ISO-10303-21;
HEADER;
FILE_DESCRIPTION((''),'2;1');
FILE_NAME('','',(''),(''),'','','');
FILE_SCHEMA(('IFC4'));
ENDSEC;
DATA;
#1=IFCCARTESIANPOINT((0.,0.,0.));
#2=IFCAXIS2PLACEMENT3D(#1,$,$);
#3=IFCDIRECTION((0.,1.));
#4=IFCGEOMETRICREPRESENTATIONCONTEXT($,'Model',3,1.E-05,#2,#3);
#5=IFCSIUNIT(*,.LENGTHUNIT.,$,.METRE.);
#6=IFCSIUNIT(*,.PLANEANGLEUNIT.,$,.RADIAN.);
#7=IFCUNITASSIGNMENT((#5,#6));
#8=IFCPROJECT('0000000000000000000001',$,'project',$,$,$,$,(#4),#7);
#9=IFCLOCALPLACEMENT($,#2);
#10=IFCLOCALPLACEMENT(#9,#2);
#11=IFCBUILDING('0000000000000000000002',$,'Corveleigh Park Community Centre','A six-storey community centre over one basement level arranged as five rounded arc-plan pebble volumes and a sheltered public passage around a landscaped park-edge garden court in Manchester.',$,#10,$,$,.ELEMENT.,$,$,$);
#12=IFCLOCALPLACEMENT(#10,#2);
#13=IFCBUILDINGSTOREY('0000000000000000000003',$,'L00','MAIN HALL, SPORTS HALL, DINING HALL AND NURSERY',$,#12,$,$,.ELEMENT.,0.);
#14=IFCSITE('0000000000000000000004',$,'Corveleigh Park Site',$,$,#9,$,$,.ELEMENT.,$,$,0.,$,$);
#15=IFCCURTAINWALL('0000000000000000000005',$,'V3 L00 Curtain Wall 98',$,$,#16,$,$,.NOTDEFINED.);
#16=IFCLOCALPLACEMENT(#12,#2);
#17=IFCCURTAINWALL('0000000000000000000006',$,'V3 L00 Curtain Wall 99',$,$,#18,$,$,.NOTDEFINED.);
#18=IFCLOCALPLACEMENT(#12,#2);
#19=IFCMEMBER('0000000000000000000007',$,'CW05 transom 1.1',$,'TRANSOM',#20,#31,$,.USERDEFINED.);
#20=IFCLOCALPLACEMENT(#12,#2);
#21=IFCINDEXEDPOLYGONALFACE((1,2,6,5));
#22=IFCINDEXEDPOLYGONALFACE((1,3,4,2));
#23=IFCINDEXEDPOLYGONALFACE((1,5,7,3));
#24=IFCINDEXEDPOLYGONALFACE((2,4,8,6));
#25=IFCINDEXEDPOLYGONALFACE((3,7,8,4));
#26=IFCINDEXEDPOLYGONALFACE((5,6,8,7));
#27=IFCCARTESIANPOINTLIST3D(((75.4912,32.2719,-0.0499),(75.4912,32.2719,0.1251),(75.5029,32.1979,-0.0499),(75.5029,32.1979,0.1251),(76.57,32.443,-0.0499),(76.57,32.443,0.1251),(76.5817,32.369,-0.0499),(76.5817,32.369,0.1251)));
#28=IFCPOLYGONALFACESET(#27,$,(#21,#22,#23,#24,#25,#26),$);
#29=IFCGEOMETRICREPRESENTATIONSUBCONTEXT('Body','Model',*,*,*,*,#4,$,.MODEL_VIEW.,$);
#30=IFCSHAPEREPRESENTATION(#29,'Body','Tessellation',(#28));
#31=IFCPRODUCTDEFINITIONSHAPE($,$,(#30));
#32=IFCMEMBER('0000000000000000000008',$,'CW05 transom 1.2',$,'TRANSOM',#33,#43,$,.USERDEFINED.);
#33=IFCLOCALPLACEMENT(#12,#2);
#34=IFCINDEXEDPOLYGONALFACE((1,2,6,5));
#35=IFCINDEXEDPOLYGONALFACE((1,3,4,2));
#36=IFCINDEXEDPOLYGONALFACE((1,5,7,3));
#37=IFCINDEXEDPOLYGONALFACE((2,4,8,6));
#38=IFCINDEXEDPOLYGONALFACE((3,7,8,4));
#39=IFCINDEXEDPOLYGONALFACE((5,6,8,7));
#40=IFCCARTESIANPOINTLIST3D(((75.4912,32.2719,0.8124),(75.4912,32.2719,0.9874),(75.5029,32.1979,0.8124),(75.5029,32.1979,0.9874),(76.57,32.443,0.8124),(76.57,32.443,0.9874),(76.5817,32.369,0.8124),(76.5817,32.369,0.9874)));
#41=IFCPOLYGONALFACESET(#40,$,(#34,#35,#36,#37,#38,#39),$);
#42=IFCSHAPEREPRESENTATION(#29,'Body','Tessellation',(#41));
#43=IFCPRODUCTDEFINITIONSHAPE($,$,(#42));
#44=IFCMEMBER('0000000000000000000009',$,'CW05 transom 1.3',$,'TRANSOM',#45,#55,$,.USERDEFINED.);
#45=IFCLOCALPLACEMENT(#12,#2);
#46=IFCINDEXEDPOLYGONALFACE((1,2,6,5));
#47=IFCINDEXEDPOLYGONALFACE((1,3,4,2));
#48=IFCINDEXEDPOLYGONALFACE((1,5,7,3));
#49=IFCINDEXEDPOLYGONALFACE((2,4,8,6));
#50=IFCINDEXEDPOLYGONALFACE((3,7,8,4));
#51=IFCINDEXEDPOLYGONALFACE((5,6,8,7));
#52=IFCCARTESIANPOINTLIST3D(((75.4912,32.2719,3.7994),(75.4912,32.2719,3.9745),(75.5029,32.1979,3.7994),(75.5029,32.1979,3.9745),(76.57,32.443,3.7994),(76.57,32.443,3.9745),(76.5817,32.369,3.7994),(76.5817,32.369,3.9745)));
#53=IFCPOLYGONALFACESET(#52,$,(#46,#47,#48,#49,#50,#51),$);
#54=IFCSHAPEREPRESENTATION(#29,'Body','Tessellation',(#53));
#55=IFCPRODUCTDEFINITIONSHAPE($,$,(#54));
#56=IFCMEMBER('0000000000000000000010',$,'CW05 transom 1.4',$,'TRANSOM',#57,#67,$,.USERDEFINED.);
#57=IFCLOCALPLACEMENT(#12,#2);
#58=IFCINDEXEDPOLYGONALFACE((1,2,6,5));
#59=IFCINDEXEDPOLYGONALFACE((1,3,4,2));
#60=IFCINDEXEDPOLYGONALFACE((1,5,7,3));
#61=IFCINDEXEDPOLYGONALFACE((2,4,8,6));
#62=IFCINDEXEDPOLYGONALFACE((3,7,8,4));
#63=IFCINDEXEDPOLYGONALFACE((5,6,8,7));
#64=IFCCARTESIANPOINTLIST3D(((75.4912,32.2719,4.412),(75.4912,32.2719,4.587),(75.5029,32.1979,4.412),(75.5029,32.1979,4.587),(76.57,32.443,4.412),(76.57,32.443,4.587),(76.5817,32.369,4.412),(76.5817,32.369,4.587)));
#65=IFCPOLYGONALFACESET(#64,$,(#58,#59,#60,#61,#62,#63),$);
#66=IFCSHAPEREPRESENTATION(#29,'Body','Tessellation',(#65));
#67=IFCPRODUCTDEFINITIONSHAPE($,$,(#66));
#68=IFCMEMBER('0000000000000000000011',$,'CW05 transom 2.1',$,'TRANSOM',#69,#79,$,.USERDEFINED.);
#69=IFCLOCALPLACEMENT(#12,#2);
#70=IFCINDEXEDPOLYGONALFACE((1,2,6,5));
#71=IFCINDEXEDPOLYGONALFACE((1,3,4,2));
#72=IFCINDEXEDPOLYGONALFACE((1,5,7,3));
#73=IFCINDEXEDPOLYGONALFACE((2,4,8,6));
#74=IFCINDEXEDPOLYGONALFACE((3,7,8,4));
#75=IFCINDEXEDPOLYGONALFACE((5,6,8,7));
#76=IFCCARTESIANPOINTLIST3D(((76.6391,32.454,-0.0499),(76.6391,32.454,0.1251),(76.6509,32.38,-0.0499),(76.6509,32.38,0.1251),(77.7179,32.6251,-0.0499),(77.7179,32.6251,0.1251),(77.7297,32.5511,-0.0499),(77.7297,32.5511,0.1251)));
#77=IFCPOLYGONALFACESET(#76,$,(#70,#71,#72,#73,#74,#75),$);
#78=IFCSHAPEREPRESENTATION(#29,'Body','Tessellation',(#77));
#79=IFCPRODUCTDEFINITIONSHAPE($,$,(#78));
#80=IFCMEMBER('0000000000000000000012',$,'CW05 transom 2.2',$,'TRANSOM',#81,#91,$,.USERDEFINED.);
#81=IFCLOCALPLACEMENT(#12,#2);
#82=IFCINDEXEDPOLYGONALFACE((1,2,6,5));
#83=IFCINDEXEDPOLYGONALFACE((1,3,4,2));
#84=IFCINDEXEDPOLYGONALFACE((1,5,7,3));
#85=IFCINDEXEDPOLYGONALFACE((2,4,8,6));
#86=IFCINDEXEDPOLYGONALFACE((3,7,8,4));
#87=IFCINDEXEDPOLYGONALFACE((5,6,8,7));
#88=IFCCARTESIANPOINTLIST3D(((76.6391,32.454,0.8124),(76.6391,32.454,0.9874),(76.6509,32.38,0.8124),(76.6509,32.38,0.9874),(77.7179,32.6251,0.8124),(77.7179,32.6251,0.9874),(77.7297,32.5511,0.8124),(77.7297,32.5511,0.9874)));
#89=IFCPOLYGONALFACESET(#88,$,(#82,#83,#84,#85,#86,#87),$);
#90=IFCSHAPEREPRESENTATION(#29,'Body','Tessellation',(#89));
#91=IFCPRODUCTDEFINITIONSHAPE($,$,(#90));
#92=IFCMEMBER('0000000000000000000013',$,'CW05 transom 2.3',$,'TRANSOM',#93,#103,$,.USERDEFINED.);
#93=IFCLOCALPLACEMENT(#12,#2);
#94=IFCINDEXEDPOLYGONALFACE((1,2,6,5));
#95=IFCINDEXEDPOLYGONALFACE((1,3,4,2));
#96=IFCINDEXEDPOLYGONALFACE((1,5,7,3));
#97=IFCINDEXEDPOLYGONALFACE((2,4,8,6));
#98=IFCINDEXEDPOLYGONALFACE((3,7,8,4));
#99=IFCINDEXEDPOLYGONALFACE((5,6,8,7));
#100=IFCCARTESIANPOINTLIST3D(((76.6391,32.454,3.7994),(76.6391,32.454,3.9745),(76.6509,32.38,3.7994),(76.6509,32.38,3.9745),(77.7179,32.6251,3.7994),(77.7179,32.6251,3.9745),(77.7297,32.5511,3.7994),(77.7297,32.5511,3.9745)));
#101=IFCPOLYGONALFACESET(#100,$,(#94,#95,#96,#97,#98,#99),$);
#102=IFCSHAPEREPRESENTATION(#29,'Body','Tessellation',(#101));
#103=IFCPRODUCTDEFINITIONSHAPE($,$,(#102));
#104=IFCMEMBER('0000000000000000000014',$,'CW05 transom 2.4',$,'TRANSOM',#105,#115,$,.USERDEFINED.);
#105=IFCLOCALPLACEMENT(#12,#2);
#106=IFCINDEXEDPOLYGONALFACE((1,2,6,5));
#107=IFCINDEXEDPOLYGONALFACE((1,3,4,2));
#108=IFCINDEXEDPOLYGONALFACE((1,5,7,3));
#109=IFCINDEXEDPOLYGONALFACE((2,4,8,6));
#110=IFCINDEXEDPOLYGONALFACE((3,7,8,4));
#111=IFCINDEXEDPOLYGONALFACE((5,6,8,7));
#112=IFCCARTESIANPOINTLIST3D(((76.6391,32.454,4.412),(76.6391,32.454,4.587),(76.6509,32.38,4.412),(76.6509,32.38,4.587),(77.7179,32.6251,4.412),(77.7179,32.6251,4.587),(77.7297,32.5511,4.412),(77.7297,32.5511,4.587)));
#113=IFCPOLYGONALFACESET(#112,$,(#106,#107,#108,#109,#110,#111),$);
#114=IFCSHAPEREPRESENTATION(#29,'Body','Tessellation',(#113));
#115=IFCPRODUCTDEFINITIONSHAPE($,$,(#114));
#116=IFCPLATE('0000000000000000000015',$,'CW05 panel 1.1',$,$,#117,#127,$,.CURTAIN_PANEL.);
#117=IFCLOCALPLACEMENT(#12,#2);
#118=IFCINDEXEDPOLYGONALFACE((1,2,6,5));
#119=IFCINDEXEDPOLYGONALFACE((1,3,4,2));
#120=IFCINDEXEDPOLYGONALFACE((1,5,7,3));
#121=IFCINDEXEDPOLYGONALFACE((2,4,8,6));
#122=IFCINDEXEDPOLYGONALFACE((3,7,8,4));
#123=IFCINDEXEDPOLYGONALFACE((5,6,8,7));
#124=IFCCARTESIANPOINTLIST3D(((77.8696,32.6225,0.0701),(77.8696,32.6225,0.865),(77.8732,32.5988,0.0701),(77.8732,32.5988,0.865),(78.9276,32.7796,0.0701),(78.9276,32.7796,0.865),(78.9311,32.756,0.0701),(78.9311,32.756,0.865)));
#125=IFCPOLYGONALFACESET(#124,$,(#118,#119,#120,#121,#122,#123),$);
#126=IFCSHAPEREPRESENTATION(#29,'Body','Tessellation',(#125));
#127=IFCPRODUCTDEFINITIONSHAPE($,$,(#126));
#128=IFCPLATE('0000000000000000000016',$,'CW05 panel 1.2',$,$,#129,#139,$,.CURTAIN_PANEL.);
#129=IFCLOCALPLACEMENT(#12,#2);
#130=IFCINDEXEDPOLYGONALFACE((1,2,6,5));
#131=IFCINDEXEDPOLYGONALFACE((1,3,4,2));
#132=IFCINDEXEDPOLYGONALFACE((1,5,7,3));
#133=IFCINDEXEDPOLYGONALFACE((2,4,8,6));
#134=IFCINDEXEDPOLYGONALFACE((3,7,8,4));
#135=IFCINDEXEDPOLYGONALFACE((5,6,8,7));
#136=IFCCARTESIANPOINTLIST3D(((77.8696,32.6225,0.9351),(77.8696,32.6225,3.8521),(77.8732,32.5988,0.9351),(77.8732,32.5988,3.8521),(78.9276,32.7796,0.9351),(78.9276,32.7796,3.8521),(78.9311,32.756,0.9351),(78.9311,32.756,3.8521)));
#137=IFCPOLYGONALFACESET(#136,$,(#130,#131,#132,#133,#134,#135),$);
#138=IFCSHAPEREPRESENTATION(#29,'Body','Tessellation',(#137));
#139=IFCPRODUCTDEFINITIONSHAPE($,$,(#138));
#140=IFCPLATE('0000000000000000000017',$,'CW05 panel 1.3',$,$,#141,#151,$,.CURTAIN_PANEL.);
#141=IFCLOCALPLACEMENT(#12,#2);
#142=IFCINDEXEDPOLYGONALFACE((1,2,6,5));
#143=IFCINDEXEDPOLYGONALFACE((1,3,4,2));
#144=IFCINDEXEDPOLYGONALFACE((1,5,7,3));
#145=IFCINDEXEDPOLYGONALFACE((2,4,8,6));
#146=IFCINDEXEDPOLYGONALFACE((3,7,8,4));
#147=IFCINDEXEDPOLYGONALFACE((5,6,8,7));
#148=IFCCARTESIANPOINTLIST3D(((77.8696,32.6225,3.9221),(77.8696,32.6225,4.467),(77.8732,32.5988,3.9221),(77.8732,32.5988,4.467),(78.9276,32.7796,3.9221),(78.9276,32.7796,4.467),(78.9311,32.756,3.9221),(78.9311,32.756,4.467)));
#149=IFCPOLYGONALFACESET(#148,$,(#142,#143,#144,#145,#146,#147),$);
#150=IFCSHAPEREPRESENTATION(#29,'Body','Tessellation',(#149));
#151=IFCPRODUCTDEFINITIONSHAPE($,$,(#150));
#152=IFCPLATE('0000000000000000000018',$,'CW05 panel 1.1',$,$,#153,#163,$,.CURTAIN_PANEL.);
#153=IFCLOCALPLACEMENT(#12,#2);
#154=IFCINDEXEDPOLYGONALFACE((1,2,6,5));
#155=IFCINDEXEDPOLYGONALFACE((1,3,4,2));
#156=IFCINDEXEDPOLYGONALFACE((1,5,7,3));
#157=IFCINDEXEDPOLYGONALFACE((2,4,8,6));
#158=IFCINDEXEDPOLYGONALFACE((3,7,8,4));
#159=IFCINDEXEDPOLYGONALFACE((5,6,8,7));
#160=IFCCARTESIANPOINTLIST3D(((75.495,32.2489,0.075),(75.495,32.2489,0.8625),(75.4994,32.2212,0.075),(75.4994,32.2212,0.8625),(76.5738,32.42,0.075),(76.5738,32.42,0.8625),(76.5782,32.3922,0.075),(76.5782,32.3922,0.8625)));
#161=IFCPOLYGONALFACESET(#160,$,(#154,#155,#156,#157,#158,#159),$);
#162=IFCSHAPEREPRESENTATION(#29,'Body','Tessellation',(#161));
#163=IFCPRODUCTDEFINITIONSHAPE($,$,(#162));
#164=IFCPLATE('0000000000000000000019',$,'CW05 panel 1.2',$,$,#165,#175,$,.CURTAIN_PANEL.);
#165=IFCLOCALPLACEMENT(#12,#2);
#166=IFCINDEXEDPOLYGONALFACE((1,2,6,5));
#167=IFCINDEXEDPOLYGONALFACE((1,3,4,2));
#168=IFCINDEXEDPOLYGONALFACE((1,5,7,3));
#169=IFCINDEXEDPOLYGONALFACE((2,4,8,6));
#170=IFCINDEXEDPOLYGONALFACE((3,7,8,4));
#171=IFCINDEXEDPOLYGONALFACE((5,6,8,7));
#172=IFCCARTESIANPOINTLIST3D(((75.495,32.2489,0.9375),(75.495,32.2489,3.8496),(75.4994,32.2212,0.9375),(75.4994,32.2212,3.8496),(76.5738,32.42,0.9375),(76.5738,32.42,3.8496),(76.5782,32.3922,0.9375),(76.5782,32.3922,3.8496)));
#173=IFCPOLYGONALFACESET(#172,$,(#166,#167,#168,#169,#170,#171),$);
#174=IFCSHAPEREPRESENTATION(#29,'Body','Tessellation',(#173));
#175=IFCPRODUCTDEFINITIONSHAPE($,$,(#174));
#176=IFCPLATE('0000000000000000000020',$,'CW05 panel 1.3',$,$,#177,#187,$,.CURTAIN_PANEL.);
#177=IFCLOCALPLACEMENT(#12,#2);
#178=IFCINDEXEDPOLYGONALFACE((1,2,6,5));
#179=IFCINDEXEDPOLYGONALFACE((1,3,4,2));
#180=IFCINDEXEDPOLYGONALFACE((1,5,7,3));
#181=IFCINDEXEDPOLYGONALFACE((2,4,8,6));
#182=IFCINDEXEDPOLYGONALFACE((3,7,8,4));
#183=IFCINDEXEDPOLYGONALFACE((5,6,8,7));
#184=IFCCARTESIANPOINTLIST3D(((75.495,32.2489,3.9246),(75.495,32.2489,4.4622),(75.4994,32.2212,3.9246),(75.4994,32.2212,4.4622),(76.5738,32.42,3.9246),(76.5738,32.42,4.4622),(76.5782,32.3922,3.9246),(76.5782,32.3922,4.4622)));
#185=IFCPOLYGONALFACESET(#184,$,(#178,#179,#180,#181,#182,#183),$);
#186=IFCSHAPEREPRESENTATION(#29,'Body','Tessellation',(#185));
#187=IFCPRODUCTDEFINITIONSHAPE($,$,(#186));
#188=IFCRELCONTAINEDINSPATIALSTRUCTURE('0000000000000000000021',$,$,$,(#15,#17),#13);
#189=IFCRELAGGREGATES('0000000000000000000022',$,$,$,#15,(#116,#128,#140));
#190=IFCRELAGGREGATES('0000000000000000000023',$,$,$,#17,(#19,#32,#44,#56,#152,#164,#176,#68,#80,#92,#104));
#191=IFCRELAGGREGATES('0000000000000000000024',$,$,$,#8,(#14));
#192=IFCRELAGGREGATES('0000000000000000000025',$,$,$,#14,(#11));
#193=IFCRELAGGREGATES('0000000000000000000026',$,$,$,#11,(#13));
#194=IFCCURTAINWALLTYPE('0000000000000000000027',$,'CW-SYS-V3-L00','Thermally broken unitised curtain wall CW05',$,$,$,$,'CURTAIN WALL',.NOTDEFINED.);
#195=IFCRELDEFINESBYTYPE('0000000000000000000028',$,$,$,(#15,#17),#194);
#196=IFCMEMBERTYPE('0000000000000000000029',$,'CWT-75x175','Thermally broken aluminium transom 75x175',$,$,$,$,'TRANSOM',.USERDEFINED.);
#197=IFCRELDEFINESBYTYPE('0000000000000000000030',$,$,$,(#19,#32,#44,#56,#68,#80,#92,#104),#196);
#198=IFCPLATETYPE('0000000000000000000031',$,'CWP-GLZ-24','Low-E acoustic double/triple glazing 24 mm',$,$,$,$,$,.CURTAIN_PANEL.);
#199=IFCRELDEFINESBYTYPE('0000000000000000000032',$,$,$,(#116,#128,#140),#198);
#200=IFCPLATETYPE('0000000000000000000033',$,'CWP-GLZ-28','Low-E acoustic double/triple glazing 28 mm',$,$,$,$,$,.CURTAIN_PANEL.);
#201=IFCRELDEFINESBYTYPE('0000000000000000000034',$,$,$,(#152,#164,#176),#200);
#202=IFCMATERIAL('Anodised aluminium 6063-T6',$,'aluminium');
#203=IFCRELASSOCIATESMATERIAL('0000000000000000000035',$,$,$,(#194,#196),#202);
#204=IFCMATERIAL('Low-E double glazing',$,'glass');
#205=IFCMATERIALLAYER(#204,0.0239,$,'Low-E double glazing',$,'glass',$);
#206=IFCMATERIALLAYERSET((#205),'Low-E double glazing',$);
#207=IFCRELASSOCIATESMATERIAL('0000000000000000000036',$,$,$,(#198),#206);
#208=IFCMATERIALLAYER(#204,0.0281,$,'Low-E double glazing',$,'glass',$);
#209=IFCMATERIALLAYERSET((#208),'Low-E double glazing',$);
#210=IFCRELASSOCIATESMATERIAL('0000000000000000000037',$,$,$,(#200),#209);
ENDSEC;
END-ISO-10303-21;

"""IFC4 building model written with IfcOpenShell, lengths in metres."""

from ifc_helpers import new_model, si_unit, direction, frame, origin, origin_2d, place, context, subcontext, project, spatial, rectangle, extrude, material, layer, layer_set, material_profile, profile_set, type_object, element, aggregate, save


model = new_model("IFC4")

# Units and contexts
model_context = context("Model", 3, precision=1e-05, world=origin(), true_north=direction((0.0, 1.0)))
body_context = subcontext(model_context, "Body", "Model", "MODEL_VIEW")
ifc_project = project(units=[si_unit("LENGTHUNIT", "METRE"), si_unit("PLANEANGLEUNIT", "RADIAN")], contexts=[model_context])

# Site, building, storey
site_placement = place(None, origin())
site = spatial("IfcSite", under=ifc_project, at=site_placement, Name="Corveleigh Park Site", CompositionType="ELEMENT", RefElevation=0.0)
building_placement = place(site_placement, origin())
building = spatial("IfcBuilding", under=site, at=building_placement, Name="Corveleigh Park Community Centre", Description="A six-storey community centre over one basement level arranged as five rounded arc-plan pebble volumes and a sheltered public passage around a landscaped park-edge garden court in Manchester.", CompositionType="ELEMENT")
storey_placement = place(building_placement, origin())
storey = spatial("IfcBuildingStorey", under=building, at=storey_placement, Name="L00", Description="MAIN HALL, SPORTS HALL, DINING HALL AND NURSERY", CompositionType="ELEMENT", Elevation=0.0)

# Curtain walls
ifc_material_1 = material(Name="Anodised aluminium 6063-T6", Category="aluminium")
curtain_wall_type = type_object("IfcCurtainWallType", Name="CW-SYS-V3-L00", Description="Thermally broken unitised curtain wall CW05", ElementType="CURTAIN WALL", PredefinedType="NOTDEFINED", material=ifc_material_1)
curtain_wall_1_placement = place(storey_placement, origin())
curtain_wall_1 = element("IfcCurtainWall", 1, at=curtain_wall_1_placement, inside=storey, type_object=curtain_wall_type, Name="V3 L00 Curtain Wall 98", PredefinedType="NOTDEFINED")
curtain_wall_2_placement = place(storey_placement, origin())
curtain_wall_2 = element("IfcCurtainWall", 2, at=curtain_wall_2_placement, inside=storey, type_object=curtain_wall_type, Name="V3 L00 Curtain Wall 99", PredefinedType="NOTDEFINED")

# Members
ifc_material_profile_1 = material_profile(ifc_material_1, rectangle(XDim=0.075, YDim=0.175, at=origin_2d()), Name="ALU-T75x175", Category="aluminium")
ifc_profile_set_1 = profile_set([ifc_material_profile_1], Name="Anodised aluminium 6063-T6")
member_type_1 = type_object("IfcMemberType", Name="CWT-75x175", Description="Thermally broken aluminium transom 75x175", ElementType="TRANSOM", PredefinedType="USERDEFINED", material=ifc_profile_set_1)
member_1_placement = place(storey_placement, frame((75.4971, 32.2349, 0.0376), z_axis=(0.98765, 0.156674, 0.0), x_axis=(-0.156674, 0.98765, 0.0)))
member_1 = element("IfcMember", 3, at=member_1_placement, type_object=member_type_1, Name="CW05 transom 1.1", ObjectType="TRANSOM", PredefinedType="USERDEFINED", context=body_context, shape_type="SweptSolid", body=[
    extrude(rectangle(XDim=0.075, YDim=0.175, at=origin_2d()), origin(), (0.0, 0.0, 1.0), 1.0923),
])
member_2_placement = place(storey_placement, frame((75.4971, 32.2349, 0.8999), z_axis=(0.98765, 0.156674, 0.0), x_axis=(-0.156674, 0.98765, 0.0)))
member_2 = element("IfcMember", 4, at=member_2_placement, type_object=member_type_1, Name="CW05 transom 1.2", ObjectType="TRANSOM", PredefinedType="USERDEFINED", context=body_context, shape_type="SweptSolid", body=[
    extrude(rectangle(XDim=0.075, YDim=0.175, at=origin_2d()), origin(), (0.0, 0.0, 1.0), 1.0923),
])
member_3_placement = place(storey_placement, frame((75.4971, 32.2349, 3.887), z_axis=(0.98765, 0.156674, 0.0), x_axis=(-0.156674, 0.98765, 0.0)))
member_3 = element("IfcMember", 5, at=member_3_placement, type_object=member_type_1, Name="CW05 transom 1.3", ObjectType="TRANSOM", PredefinedType="USERDEFINED", context=body_context, shape_type="SweptSolid", body=[
    extrude(rectangle(XDim=0.075, YDim=0.175, at=origin_2d()), origin(), (0.0, 0.0, 1.0), 1.0923),
])
member_4_placement = place(storey_placement, frame((75.4971, 32.2349, 4.4995), z_axis=(0.98765, 0.156674, 0.0), x_axis=(-0.156674, 0.98765, 0.0)))
member_4 = element("IfcMember", 6, at=member_4_placement, type_object=member_type_1, Name="CW05 transom 1.4", ObjectType="TRANSOM", PredefinedType="USERDEFINED", context=body_context, shape_type="SweptSolid", body=[
    extrude(rectangle(XDim=0.075, YDim=0.175, at=origin_2d()), origin(), (0.0, 0.0, 1.0), 1.0923),
])
member_5_placement = place(storey_placement, frame((76.645, 32.417, 0.0376), z_axis=(0.98765, 0.156674, 0.0), x_axis=(-0.156674, 0.98765, 0.0)))
member_5 = element("IfcMember", 7, at=member_5_placement, type_object=member_type_1, Name="CW05 transom 2.1", ObjectType="TRANSOM", PredefinedType="USERDEFINED", context=body_context, shape_type="SweptSolid", body=[
    extrude(rectangle(XDim=0.075, YDim=0.175, at=origin_2d()), origin(), (0.0, 0.0, 1.0), 1.0923),
])
member_6_placement = place(storey_placement, frame((76.645, 32.417, 0.8999), z_axis=(0.98765, 0.156674, 0.0), x_axis=(-0.156674, 0.98765, 0.0)))
member_6 = element("IfcMember", 8, at=member_6_placement, type_object=member_type_1, Name="CW05 transom 2.2", ObjectType="TRANSOM", PredefinedType="USERDEFINED", context=body_context, shape_type="SweptSolid", body=[
    extrude(rectangle(XDim=0.075, YDim=0.175, at=origin_2d()), origin(), (0.0, 0.0, 1.0), 1.0923),
])
member_7_placement = place(storey_placement, frame((76.645, 32.417, 3.887), z_axis=(0.98765, 0.156674, 0.0), x_axis=(-0.156674, 0.98765, 0.0)))
member_7 = element("IfcMember", 9, at=member_7_placement, type_object=member_type_1, Name="CW05 transom 2.3", ObjectType="TRANSOM", PredefinedType="USERDEFINED", context=body_context, shape_type="SweptSolid", body=[
    extrude(rectangle(XDim=0.075, YDim=0.175, at=origin_2d()), origin(), (0.0, 0.0, 1.0), 1.0923),
])
member_8_placement = place(storey_placement, frame((76.645, 32.417, 4.4995), z_axis=(0.98765, 0.156674, 0.0), x_axis=(-0.156674, 0.98765, 0.0)))
member_8 = element("IfcMember", 10, at=member_8_placement, type_object=member_type_1, Name="CW05 transom 2.4", ObjectType="TRANSOM", PredefinedType="USERDEFINED", context=body_context, shape_type="SweptSolid", body=[
    extrude(rectangle(XDim=0.075, YDim=0.175, at=origin_2d()), origin(), (0.0, 0.0, 1.0), 1.0923),
])

# Plates
ifc_material_2 = material(Name="Low-E double glazing", Category="glass")
ifc_layer_1 = layer(ifc_material_2, 0.0239, Name="Low-E double glazing", Category="glass")
ifc_layer_set_1 = layer_set([ifc_layer_1], Name="Low-E double glazing")
plate_type_1 = type_object("IfcPlateType", Name="CWP-GLZ-24", Description="Low-E acoustic double/triple glazing 24 mm", PredefinedType="CURTAIN_PANEL", material=ifc_layer_set_1)
plate_1_placement = place(storey_placement, frame((78.4004, 32.6892, 0.0701), z_axis=(0.0, 0.0, 1.0), x_axis=(0.989146, 0.146937, 0.0)))
plate_1 = element("IfcPlate", 11, at=plate_1_placement, type_object=plate_type_1, Name="CW05 panel 1.1", PredefinedType="CURTAIN_PANEL", context=body_context, shape_type="SweptSolid", body=[
    extrude(rectangle(XDim=1.0696, YDim=0.0239, at=origin_2d()), origin(), (0.0, 0.0, 1.0), 0.7949),
])
plate_2_placement = place(storey_placement, frame((78.4004, 32.6892, 0.9351), z_axis=(0.0, 0.0, 1.0), x_axis=(0.989146, 0.146937, 0.0)))
plate_2 = element("IfcPlate", 12, at=plate_2_placement, type_object=plate_type_1, Name="CW05 panel 1.2", PredefinedType="CURTAIN_PANEL", context=body_context, shape_type="SweptSolid", body=[
    extrude(rectangle(XDim=1.0696, YDim=0.0239, at=origin_2d()), origin(), (0.0, 0.0, 1.0), 2.917),
])
plate_3_placement = place(storey_placement, frame((78.4004, 32.6892, 3.9221), z_axis=(0.0, 0.0, 1.0), x_axis=(0.989146, 0.146937, 0.0)))
plate_3 = element("IfcPlate", 13, at=plate_3_placement, type_object=plate_type_1, Name="CW05 panel 1.3", PredefinedType="CURTAIN_PANEL", context=body_context, shape_type="SweptSolid", body=[
    extrude(rectangle(XDim=1.0696, YDim=0.0239, at=origin_2d()), origin(), (0.0, 0.0, 1.0), 0.5449),
])
aggregate(curtain_wall_1, [plate_1, plate_2, plate_3])
ifc_layer_2 = layer(ifc_material_2, 0.0281, Name="Low-E double glazing", Category="glass")
ifc_layer_set_2 = layer_set([ifc_layer_2], Name="Low-E double glazing")
plate_type_2 = type_object("IfcPlateType", Name="CWP-GLZ-28", Description="Low-E acoustic double/triple glazing 28 mm", PredefinedType="CURTAIN_PANEL", material=ifc_layer_set_2)
plate_4_placement = place(storey_placement, frame((76.0366, 32.3206, 0.075), z_axis=(0.0, 0.0, 1.0), x_axis=(0.987661, 0.156606, 0.0)))
plate_4 = element("IfcPlate", 14, at=plate_4_placement, type_object=plate_type_2, Name="CW05 panel 1.1", PredefinedType="CURTAIN_PANEL", context=body_context, shape_type="SweptSolid", body=[
    extrude(rectangle(XDim=1.0923, YDim=0.0281, at=origin_2d()), origin(), (0.0, 0.0, 1.0), 0.7876),
])
plate_5_placement = place(storey_placement, frame((76.0366, 32.3206, 0.9375), z_axis=(0.0, 0.0, 1.0), x_axis=(0.987661, 0.156606, 0.0)))
plate_5 = element("IfcPlate", 15, at=plate_5_placement, type_object=plate_type_2, Name="CW05 panel 1.2", PredefinedType="CURTAIN_PANEL", context=body_context, shape_type="SweptSolid", body=[
    extrude(rectangle(XDim=1.0923, YDim=0.0281, at=origin_2d()), origin(), (0.0, 0.0, 1.0), 2.9121),
])
plate_6_placement = place(storey_placement, frame((76.0366, 32.3206, 3.9246), z_axis=(0.0, 0.0, 1.0), x_axis=(0.987661, 0.156606, 0.0)))
plate_6 = element("IfcPlate", 16, at=plate_6_placement, type_object=plate_type_2, Name="CW05 panel 1.3", PredefinedType="CURTAIN_PANEL", context=body_context, shape_type="SweptSolid", body=[
    extrude(rectangle(XDim=1.0923, YDim=0.0281, at=origin_2d()), origin(), (0.0, 0.0, 1.0), 0.5376),
])
aggregate(curtain_wall_2, [member_1, member_2, member_3, member_4, plate_4, plate_5, plate_6, member_5, member_6, member_7, member_8])

save(model, "model.ifc")
